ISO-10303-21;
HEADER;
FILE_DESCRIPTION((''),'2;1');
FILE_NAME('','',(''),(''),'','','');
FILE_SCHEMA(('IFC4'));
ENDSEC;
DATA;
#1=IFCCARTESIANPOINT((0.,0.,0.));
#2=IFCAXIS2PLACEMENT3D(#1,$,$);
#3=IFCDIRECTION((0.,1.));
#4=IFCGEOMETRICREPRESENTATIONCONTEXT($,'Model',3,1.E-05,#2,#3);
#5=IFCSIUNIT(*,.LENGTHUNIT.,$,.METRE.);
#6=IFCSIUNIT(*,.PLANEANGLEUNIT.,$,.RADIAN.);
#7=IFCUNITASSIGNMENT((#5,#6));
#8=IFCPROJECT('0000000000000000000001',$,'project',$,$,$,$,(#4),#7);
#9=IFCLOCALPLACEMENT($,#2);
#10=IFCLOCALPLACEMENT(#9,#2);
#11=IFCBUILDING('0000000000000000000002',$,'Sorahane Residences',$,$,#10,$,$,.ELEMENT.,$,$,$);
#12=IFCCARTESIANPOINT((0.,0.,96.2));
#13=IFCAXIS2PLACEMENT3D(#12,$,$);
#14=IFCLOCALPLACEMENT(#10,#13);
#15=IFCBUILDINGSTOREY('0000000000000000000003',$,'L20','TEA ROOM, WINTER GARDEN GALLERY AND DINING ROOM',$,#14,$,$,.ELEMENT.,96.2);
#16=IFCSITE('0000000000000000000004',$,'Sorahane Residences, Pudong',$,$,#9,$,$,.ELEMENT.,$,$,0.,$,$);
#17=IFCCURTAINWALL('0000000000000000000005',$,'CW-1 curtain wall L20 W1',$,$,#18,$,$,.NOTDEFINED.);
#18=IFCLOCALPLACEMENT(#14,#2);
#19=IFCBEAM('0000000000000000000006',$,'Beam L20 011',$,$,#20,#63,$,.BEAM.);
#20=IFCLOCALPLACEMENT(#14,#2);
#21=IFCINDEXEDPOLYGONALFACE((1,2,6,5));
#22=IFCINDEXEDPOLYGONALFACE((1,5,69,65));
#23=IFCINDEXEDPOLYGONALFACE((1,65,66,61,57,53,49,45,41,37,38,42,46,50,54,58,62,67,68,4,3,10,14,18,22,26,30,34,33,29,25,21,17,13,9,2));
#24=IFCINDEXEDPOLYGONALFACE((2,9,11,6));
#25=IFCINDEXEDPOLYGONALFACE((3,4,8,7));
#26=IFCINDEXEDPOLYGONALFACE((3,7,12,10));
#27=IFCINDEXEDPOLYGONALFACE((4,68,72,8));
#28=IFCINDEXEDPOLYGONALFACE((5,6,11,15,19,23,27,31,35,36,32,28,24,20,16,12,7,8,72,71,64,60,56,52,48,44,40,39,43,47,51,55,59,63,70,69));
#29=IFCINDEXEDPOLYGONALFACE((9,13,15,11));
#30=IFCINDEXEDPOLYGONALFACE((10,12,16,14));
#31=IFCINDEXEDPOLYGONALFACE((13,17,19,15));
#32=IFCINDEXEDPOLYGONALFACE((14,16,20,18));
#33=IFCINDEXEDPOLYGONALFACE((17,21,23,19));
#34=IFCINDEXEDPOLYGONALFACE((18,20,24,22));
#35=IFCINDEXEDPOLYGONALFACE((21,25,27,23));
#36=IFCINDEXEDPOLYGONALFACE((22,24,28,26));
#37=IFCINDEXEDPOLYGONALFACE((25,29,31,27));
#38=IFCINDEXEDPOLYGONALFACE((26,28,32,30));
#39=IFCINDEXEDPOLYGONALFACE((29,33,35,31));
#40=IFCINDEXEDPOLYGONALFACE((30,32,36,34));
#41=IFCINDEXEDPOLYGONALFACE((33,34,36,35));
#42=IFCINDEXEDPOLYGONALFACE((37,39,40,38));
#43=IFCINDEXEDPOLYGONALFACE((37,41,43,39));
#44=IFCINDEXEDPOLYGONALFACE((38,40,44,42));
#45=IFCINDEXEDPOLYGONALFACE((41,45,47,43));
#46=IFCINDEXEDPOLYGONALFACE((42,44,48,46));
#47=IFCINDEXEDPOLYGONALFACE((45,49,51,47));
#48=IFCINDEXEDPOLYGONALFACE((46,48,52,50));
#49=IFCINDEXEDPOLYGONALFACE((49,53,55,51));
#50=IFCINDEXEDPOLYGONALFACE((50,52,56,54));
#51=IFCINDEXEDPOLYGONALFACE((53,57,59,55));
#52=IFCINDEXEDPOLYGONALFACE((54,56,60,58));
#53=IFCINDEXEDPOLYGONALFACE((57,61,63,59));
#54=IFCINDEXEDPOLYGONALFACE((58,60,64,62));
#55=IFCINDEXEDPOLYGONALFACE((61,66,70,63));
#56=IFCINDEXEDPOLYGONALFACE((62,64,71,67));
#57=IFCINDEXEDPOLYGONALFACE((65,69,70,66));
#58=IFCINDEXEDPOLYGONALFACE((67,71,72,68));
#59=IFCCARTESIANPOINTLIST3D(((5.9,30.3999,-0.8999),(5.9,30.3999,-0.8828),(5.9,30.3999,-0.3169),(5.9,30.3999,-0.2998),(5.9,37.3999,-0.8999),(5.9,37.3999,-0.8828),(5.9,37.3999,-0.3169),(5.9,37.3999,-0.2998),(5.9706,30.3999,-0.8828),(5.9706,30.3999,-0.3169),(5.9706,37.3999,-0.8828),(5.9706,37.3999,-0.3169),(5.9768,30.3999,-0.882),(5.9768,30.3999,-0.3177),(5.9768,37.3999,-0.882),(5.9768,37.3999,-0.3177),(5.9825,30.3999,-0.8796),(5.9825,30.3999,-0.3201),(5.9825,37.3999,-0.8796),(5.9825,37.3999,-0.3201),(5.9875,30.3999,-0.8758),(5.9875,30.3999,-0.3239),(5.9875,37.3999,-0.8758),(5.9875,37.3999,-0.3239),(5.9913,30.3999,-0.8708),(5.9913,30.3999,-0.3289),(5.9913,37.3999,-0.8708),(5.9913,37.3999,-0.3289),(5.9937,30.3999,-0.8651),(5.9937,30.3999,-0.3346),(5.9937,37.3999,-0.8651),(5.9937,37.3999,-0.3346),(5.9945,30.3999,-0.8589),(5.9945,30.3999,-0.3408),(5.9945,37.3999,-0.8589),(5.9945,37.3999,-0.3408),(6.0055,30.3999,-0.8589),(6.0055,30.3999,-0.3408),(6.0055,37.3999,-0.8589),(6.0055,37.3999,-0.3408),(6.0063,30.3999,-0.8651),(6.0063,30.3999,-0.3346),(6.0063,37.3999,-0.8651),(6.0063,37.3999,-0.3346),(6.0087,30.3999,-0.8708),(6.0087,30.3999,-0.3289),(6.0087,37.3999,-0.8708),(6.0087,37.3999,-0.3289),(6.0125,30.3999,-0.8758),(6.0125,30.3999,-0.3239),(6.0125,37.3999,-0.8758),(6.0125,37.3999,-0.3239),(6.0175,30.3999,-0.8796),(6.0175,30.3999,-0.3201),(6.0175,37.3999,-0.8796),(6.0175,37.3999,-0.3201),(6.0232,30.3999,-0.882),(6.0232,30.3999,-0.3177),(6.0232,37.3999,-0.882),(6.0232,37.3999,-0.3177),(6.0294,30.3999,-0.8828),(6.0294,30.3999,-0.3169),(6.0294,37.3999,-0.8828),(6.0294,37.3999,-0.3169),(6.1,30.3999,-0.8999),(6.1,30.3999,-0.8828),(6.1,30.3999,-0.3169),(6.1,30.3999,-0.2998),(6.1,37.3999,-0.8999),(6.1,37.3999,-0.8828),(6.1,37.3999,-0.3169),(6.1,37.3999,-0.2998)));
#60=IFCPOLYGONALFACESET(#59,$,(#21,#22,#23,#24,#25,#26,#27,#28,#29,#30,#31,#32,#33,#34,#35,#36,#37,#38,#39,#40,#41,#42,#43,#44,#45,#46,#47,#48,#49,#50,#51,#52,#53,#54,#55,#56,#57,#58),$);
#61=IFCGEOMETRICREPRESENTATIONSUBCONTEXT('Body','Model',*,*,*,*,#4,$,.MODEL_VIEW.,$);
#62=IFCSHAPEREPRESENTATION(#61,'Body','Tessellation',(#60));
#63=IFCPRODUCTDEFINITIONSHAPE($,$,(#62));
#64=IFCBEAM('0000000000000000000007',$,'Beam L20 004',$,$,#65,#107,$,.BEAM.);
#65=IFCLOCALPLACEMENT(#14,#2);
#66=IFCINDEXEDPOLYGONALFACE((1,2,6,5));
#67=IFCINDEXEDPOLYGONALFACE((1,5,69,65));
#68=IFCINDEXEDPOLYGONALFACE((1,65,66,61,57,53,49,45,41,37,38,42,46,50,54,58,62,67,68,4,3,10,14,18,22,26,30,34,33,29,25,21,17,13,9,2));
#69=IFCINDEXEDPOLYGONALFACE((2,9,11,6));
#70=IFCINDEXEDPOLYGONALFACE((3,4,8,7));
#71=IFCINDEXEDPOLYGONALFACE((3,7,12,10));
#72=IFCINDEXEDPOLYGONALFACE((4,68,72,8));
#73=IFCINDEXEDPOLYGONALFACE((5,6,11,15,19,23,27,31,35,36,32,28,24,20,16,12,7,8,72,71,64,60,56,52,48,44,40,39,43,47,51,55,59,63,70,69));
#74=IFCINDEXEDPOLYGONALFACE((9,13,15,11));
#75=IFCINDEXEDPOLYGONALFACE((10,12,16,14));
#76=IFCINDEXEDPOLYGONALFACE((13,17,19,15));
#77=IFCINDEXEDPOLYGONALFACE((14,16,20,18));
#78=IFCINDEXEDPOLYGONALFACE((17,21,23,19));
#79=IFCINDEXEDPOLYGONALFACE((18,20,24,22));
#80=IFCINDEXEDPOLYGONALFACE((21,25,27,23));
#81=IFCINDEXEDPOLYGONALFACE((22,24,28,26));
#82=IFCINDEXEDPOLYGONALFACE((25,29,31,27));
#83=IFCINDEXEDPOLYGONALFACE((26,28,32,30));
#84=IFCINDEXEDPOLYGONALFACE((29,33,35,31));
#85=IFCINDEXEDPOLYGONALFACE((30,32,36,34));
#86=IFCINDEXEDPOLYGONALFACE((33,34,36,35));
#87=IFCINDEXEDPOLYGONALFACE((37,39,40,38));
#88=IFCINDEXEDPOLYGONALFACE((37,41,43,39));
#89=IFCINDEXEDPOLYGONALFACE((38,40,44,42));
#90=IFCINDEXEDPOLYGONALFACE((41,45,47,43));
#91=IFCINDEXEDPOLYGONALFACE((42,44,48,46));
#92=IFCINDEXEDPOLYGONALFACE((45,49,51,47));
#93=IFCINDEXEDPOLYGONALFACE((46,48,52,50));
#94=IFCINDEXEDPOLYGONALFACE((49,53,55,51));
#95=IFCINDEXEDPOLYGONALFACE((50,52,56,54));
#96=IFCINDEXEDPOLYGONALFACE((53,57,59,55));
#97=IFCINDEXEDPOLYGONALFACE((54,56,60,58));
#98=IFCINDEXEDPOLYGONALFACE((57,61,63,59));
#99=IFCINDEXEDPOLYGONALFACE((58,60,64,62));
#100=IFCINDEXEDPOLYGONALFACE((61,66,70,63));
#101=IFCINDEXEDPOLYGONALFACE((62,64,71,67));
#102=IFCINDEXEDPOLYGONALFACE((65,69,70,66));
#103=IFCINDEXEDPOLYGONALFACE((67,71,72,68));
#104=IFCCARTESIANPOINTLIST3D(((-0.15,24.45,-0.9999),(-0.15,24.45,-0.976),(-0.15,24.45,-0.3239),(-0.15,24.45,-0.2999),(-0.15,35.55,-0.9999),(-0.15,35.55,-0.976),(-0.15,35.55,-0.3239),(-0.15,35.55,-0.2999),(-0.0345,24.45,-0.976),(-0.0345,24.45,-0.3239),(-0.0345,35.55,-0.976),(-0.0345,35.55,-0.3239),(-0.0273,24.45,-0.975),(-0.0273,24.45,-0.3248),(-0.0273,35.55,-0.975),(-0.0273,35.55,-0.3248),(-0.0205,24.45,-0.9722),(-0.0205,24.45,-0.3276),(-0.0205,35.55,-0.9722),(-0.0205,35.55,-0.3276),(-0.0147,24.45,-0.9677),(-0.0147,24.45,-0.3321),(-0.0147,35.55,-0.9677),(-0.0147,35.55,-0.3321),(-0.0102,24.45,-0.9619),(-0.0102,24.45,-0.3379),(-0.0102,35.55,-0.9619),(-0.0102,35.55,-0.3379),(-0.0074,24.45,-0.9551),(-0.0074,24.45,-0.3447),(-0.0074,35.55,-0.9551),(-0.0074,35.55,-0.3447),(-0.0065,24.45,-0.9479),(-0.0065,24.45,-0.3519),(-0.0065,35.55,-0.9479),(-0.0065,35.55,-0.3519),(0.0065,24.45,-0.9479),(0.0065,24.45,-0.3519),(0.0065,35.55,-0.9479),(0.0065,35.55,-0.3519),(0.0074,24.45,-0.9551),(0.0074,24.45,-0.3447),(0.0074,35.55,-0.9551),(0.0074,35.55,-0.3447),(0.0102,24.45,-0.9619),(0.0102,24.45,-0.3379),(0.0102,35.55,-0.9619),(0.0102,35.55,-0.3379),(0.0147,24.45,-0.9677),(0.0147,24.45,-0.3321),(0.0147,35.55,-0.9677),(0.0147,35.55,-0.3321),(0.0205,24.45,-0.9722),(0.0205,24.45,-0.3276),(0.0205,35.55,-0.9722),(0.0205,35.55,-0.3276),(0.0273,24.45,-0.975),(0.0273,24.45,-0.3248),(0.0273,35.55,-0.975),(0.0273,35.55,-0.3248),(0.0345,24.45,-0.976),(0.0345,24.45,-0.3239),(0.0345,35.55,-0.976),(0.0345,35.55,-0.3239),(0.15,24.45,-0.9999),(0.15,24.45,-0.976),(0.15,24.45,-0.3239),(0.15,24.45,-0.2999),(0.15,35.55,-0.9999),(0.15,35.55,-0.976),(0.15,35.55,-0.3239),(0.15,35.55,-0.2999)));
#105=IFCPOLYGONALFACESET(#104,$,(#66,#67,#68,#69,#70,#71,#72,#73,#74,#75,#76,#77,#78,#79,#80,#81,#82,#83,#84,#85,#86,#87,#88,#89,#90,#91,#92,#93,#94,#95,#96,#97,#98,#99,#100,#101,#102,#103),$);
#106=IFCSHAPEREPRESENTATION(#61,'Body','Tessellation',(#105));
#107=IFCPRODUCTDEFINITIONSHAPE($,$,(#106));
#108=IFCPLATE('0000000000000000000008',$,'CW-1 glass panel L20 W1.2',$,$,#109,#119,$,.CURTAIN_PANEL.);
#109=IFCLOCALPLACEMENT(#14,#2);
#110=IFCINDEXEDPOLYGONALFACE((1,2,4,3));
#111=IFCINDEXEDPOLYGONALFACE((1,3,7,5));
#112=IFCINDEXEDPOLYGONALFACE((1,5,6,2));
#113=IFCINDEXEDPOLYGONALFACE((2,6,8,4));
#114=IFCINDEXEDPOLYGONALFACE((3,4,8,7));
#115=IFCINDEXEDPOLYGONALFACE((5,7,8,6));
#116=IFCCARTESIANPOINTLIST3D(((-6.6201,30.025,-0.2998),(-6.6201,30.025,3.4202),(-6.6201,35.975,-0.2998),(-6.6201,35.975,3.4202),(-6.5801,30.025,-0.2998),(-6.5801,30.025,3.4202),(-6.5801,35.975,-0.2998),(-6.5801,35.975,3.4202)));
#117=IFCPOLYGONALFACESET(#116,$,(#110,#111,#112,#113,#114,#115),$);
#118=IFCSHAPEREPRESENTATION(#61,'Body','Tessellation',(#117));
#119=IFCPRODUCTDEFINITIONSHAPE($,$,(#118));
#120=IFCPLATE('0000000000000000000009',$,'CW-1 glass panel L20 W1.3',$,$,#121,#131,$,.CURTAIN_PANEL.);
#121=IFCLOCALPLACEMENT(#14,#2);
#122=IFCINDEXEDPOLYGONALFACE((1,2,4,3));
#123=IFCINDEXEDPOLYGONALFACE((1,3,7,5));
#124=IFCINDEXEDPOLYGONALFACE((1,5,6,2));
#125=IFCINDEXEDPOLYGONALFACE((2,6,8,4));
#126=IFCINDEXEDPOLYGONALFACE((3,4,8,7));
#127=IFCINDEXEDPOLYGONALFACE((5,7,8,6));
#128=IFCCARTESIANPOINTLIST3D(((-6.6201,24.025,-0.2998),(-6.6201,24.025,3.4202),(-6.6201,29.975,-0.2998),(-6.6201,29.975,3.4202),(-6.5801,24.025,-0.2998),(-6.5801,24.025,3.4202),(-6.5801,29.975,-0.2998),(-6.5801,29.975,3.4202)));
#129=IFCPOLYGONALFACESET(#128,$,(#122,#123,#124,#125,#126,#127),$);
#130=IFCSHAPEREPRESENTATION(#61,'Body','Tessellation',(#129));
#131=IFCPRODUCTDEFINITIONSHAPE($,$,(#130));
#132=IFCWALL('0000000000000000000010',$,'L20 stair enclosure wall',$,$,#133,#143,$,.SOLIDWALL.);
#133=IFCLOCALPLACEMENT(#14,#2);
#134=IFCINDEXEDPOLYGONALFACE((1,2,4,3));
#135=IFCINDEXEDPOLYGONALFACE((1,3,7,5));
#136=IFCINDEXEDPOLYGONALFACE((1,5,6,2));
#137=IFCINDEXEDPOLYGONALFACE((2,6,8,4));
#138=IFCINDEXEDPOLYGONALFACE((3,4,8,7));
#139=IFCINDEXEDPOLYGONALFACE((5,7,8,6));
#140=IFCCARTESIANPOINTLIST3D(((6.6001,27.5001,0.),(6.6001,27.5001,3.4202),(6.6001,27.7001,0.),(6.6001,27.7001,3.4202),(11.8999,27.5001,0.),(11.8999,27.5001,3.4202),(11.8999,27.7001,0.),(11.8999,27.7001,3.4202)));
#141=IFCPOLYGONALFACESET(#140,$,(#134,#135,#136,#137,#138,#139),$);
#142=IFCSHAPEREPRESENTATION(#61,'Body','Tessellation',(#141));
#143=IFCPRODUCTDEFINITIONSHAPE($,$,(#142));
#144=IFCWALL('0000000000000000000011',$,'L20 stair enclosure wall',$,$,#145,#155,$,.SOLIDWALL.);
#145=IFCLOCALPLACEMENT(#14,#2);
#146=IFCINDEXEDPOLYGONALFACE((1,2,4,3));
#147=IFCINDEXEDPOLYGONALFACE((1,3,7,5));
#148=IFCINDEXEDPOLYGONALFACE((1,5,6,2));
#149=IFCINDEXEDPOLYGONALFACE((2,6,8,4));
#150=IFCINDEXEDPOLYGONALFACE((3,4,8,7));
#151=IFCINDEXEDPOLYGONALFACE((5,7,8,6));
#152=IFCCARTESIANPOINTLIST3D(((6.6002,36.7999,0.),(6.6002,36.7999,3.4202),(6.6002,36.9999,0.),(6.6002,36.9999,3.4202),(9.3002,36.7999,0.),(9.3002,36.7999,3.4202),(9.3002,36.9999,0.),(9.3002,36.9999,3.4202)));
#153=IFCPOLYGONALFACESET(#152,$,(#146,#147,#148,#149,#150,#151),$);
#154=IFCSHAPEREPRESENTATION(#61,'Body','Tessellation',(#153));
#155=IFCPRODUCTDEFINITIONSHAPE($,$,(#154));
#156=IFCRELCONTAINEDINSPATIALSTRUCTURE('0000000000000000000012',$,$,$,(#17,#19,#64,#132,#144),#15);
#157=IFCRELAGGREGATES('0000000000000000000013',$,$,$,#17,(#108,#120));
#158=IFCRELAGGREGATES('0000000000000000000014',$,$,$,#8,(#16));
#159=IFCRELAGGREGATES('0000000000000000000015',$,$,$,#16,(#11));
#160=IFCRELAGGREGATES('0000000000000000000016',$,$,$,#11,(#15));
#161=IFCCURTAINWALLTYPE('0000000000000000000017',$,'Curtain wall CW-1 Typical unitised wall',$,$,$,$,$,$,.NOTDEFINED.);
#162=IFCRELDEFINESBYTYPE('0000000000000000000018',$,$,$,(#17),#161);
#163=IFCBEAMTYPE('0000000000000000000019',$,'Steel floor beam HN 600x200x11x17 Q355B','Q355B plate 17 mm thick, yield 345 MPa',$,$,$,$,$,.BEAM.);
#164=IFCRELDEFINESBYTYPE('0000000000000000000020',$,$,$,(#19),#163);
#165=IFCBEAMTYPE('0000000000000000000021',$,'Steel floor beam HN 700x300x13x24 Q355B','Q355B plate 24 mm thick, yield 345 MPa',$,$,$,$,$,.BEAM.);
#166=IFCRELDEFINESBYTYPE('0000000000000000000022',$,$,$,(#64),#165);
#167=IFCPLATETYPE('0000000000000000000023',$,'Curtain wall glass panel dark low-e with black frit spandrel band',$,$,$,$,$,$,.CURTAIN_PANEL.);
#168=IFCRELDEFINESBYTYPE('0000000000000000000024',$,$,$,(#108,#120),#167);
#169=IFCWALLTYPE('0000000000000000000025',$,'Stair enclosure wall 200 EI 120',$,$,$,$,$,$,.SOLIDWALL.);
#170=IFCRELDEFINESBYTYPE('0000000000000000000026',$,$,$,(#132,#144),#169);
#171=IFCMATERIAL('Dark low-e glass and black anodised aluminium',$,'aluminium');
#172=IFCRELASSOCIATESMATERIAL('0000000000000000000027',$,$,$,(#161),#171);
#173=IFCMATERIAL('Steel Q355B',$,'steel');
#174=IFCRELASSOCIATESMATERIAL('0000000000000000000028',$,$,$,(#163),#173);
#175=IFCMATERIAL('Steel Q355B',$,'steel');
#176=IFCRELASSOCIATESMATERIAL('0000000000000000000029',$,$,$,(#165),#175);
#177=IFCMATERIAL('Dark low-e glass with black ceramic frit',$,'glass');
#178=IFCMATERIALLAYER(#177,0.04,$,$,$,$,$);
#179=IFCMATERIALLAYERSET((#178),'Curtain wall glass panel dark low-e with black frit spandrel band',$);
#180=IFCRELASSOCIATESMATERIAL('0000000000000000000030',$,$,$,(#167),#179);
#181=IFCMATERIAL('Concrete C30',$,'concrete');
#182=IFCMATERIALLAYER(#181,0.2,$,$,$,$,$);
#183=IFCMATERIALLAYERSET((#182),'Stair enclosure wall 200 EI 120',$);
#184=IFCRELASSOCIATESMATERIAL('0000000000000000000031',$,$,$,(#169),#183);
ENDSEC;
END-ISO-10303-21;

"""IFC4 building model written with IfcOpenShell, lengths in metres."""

from ifc_helpers import new_model, si_unit, direction, frame, frame_2d, origin, origin_2d, place, context, subcontext, project, spatial, rectangle, i_section, extrude, material, layer, layer_set, material_profile, profile_set, type_object, element, aggregate, save


model = new_model("IFC4")

# Units and contexts
model_context = context("Model", 3, precision=1e-05, world=origin(), true_north=direction((0.0, 1.0)))
body_context = subcontext(model_context, "Body", "Model", "MODEL_VIEW")
ifc_project = project(units=[si_unit("LENGTHUNIT", "METRE"), si_unit("PLANEANGLEUNIT", "RADIAN")], contexts=[model_context])

# Site, building, storey
site_placement = place(None, origin())
site = spatial("IfcSite", under=ifc_project, at=site_placement, Name="Sorahane Residences, Pudong", CompositionType="ELEMENT", RefElevation=0.0)
building_placement = place(site_placement, origin())
building = spatial("IfcBuilding", under=site, at=building_placement, Name="Sorahane Residences", CompositionType="ELEMENT")
storey_placement = place(building_placement, frame((0.0, 0.0, 96.2)))
storey = spatial("IfcBuildingStorey", under=building, at=storey_placement, Name="L20", Description="TEA ROOM, WINTER GARDEN GALLERY AND DINING ROOM", CompositionType="ELEMENT", Elevation=96.2)

# Curtain wall
ifc_material_1 = material(Name="Dark low-e glass and black anodised aluminium", Category="aluminium")
curtain_wall_type = type_object("IfcCurtainWallType", Name="Curtain wall CW-1 Typical unitised wall", PredefinedType="NOTDEFINED", material=ifc_material_1)
curtain_wall_placement = place(storey_placement, origin())
curtain_wall = element("IfcCurtainWall", 1, at=curtain_wall_placement, inside=storey, type_object=curtain_wall_type, Name="CW-1 curtain wall L20 W1", PredefinedType="NOTDEFINED")

# Beams
ifc_material_2 = material(Name="Steel Q355B", Category="steel")
ifc_material_profile_1 = material_profile(ifc_material_2, i_section(OverallWidth=0.2, OverallDepth=0.6001, WebThickness=0.011, FlangeThickness=0.0171, FilletRadius=0.0239, at=origin_2d()), Name="HN 600x200x11x17")
ifc_profile_set_1 = profile_set([ifc_material_profile_1], Name="Steel Q355B")
beam_type_1 = type_object("IfcBeamType", Name="Steel floor beam HN 600x200x11x17 Q355B", Description="Q355B plate 17 mm thick, yield 345 MPa", PredefinedType="BEAM", material=ifc_profile_set_1)
beam_1_placement = place(storey_placement, frame((6.0, 30.3999, -0.5999), z_axis=(0.0, 1.0, 0.0), x_axis=(-1.0, 0.0, 0.0)))
element("IfcBeam", 2, at=beam_1_placement, inside=storey, type_object=beam_type_1, Name="Beam L20 011", PredefinedType="BEAM", context=body_context, shape_type="SweptSolid", body=[
    extrude(i_section(OverallWidth=0.2, OverallDepth=0.6001, WebThickness=0.011, FlangeThickness=0.0171, FilletRadius=0.0239, at=origin_2d()), origin(), (0.0, 0.0, 1.0), 7.0),
])
ifc_material_3 = material(Name="Steel Q355B", Category="steel")
ifc_material_profile_2 = material_profile(ifc_material_3, i_section(OverallWidth=0.3, OverallDepth=0.7, WebThickness=0.0129, FlangeThickness=0.0239, FilletRadius=0.0281, at=origin_2d()), Name="HN 700x300x13x24")
ifc_profile_set_2 = profile_set([ifc_material_profile_2], Name="Steel Q355B")
beam_type_2 = type_object("IfcBeamType", Name="Steel floor beam HN 700x300x13x24 Q355B", Description="Q355B plate 24 mm thick, yield 345 MPa", PredefinedType="BEAM", material=ifc_profile_set_2)
beam_2_placement = place(storey_placement, frame((0.0, 24.45, -0.6499), z_axis=(0.0, 1.0, 0.0), x_axis=(-1.0, 0.0, 0.0)))
element("IfcBeam", 3, at=beam_2_placement, inside=storey, type_object=beam_type_2, Name="Beam L20 004", PredefinedType="BEAM", context=body_context, shape_type="SweptSolid", body=[
    extrude(i_section(OverallWidth=0.3, OverallDepth=0.7, WebThickness=0.0129, FlangeThickness=0.0239, FilletRadius=0.0281, at=origin_2d()), origin(), (0.0, 0.0, 1.0), 11.1001),
])

# Plates
ifc_material_4 = material(Name="Dark low-e glass with black ceramic frit", Category="glass")
ifc_layer_1 = layer(ifc_material_4, 0.04)
ifc_layer_set_1 = layer_set([ifc_layer_1], Name="Curtain wall glass panel dark low-e with black frit spandrel band")
plate_type = type_object("IfcPlateType", Name="Curtain wall glass panel dark low-e with black frit spandrel band", PredefinedType="CURTAIN_PANEL", material=ifc_layer_set_1)
plate_1_placement = place(storey_placement, frame((-6.6001, 33.0, -0.2998), z_axis=(0.0, 0.0, 1.0), x_axis=(0.0, -1.0, 0.0)))
plate_1 = element("IfcPlate", 4, at=plate_1_placement, type_object=plate_type, Name="CW-1 glass panel L20 W1.2", PredefinedType="CURTAIN_PANEL", context=body_context, shape_type="SweptSolid", body=[
    extrude(rectangle(XDim=5.95, YDim=0.04, at=origin_2d()), origin(), (0.0, 0.0, 1.0), 3.72),
])
plate_2_placement = place(storey_placement, frame((-6.6001, 27.0, -0.2998), z_axis=(0.0, 0.0, 1.0), x_axis=(0.0, -1.0, 0.0)))
plate_2 = element("IfcPlate", 5, at=plate_2_placement, type_object=plate_type, Name="CW-1 glass panel L20 W1.3", PredefinedType="CURTAIN_PANEL", context=body_context, shape_type="SweptSolid", body=[
    extrude(rectangle(XDim=5.95, YDim=0.04, at=origin_2d()), origin(), (0.0, 0.0, 1.0), 3.72),
])
aggregate(curtain_wall, [plate_1, plate_2])

# Walls
ifc_material_5 = material(Name="Concrete C30", Category="concrete")
ifc_layer_2 = layer(ifc_material_5, 0.2)
ifc_layer_set_2 = layer_set([ifc_layer_2], Name="Stair enclosure wall 200 EI 120")
wall_type = type_object("IfcWallType", Name="Stair enclosure wall 200 EI 120", PredefinedType="SOLIDWALL", material=ifc_layer_set_2)
wall_1_placement = place(storey_placement, frame((6.6001, 27.6001, 0.0), z_axis=(0.0, 0.0, 1.0), x_axis=(1.0, 0.0, 0.0)))
element("IfcWall", 6, at=wall_1_placement, inside=storey, type_object=wall_type, Name="L20 stair enclosure wall", PredefinedType="SOLIDWALL", context=body_context, shape_type="SweptSolid", body=[
    extrude(rectangle(XDim=5.2998, YDim=0.2, at=frame_2d((2.6499, 0.0))), origin(), (0.0, 0.0, 1.0), 3.4202),
])
wall_2_placement = place(storey_placement, frame((6.6001, 36.8999, 0.0), z_axis=(0.0, 0.0, 1.0), x_axis=(1.0, 0.0, 0.0)))
element("IfcWall", 7, at=wall_2_placement, inside=storey, type_object=wall_type, Name="L20 stair enclosure wall", PredefinedType="SOLIDWALL", context=body_context, shape_type="SweptSolid", body=[
    extrude(rectangle(XDim=2.7, YDim=0.2, at=frame_2d((1.3501, 0.0))), origin(), (0.0, 0.0, 1.0), 3.4202),
])

save(model, "model.ifc")
